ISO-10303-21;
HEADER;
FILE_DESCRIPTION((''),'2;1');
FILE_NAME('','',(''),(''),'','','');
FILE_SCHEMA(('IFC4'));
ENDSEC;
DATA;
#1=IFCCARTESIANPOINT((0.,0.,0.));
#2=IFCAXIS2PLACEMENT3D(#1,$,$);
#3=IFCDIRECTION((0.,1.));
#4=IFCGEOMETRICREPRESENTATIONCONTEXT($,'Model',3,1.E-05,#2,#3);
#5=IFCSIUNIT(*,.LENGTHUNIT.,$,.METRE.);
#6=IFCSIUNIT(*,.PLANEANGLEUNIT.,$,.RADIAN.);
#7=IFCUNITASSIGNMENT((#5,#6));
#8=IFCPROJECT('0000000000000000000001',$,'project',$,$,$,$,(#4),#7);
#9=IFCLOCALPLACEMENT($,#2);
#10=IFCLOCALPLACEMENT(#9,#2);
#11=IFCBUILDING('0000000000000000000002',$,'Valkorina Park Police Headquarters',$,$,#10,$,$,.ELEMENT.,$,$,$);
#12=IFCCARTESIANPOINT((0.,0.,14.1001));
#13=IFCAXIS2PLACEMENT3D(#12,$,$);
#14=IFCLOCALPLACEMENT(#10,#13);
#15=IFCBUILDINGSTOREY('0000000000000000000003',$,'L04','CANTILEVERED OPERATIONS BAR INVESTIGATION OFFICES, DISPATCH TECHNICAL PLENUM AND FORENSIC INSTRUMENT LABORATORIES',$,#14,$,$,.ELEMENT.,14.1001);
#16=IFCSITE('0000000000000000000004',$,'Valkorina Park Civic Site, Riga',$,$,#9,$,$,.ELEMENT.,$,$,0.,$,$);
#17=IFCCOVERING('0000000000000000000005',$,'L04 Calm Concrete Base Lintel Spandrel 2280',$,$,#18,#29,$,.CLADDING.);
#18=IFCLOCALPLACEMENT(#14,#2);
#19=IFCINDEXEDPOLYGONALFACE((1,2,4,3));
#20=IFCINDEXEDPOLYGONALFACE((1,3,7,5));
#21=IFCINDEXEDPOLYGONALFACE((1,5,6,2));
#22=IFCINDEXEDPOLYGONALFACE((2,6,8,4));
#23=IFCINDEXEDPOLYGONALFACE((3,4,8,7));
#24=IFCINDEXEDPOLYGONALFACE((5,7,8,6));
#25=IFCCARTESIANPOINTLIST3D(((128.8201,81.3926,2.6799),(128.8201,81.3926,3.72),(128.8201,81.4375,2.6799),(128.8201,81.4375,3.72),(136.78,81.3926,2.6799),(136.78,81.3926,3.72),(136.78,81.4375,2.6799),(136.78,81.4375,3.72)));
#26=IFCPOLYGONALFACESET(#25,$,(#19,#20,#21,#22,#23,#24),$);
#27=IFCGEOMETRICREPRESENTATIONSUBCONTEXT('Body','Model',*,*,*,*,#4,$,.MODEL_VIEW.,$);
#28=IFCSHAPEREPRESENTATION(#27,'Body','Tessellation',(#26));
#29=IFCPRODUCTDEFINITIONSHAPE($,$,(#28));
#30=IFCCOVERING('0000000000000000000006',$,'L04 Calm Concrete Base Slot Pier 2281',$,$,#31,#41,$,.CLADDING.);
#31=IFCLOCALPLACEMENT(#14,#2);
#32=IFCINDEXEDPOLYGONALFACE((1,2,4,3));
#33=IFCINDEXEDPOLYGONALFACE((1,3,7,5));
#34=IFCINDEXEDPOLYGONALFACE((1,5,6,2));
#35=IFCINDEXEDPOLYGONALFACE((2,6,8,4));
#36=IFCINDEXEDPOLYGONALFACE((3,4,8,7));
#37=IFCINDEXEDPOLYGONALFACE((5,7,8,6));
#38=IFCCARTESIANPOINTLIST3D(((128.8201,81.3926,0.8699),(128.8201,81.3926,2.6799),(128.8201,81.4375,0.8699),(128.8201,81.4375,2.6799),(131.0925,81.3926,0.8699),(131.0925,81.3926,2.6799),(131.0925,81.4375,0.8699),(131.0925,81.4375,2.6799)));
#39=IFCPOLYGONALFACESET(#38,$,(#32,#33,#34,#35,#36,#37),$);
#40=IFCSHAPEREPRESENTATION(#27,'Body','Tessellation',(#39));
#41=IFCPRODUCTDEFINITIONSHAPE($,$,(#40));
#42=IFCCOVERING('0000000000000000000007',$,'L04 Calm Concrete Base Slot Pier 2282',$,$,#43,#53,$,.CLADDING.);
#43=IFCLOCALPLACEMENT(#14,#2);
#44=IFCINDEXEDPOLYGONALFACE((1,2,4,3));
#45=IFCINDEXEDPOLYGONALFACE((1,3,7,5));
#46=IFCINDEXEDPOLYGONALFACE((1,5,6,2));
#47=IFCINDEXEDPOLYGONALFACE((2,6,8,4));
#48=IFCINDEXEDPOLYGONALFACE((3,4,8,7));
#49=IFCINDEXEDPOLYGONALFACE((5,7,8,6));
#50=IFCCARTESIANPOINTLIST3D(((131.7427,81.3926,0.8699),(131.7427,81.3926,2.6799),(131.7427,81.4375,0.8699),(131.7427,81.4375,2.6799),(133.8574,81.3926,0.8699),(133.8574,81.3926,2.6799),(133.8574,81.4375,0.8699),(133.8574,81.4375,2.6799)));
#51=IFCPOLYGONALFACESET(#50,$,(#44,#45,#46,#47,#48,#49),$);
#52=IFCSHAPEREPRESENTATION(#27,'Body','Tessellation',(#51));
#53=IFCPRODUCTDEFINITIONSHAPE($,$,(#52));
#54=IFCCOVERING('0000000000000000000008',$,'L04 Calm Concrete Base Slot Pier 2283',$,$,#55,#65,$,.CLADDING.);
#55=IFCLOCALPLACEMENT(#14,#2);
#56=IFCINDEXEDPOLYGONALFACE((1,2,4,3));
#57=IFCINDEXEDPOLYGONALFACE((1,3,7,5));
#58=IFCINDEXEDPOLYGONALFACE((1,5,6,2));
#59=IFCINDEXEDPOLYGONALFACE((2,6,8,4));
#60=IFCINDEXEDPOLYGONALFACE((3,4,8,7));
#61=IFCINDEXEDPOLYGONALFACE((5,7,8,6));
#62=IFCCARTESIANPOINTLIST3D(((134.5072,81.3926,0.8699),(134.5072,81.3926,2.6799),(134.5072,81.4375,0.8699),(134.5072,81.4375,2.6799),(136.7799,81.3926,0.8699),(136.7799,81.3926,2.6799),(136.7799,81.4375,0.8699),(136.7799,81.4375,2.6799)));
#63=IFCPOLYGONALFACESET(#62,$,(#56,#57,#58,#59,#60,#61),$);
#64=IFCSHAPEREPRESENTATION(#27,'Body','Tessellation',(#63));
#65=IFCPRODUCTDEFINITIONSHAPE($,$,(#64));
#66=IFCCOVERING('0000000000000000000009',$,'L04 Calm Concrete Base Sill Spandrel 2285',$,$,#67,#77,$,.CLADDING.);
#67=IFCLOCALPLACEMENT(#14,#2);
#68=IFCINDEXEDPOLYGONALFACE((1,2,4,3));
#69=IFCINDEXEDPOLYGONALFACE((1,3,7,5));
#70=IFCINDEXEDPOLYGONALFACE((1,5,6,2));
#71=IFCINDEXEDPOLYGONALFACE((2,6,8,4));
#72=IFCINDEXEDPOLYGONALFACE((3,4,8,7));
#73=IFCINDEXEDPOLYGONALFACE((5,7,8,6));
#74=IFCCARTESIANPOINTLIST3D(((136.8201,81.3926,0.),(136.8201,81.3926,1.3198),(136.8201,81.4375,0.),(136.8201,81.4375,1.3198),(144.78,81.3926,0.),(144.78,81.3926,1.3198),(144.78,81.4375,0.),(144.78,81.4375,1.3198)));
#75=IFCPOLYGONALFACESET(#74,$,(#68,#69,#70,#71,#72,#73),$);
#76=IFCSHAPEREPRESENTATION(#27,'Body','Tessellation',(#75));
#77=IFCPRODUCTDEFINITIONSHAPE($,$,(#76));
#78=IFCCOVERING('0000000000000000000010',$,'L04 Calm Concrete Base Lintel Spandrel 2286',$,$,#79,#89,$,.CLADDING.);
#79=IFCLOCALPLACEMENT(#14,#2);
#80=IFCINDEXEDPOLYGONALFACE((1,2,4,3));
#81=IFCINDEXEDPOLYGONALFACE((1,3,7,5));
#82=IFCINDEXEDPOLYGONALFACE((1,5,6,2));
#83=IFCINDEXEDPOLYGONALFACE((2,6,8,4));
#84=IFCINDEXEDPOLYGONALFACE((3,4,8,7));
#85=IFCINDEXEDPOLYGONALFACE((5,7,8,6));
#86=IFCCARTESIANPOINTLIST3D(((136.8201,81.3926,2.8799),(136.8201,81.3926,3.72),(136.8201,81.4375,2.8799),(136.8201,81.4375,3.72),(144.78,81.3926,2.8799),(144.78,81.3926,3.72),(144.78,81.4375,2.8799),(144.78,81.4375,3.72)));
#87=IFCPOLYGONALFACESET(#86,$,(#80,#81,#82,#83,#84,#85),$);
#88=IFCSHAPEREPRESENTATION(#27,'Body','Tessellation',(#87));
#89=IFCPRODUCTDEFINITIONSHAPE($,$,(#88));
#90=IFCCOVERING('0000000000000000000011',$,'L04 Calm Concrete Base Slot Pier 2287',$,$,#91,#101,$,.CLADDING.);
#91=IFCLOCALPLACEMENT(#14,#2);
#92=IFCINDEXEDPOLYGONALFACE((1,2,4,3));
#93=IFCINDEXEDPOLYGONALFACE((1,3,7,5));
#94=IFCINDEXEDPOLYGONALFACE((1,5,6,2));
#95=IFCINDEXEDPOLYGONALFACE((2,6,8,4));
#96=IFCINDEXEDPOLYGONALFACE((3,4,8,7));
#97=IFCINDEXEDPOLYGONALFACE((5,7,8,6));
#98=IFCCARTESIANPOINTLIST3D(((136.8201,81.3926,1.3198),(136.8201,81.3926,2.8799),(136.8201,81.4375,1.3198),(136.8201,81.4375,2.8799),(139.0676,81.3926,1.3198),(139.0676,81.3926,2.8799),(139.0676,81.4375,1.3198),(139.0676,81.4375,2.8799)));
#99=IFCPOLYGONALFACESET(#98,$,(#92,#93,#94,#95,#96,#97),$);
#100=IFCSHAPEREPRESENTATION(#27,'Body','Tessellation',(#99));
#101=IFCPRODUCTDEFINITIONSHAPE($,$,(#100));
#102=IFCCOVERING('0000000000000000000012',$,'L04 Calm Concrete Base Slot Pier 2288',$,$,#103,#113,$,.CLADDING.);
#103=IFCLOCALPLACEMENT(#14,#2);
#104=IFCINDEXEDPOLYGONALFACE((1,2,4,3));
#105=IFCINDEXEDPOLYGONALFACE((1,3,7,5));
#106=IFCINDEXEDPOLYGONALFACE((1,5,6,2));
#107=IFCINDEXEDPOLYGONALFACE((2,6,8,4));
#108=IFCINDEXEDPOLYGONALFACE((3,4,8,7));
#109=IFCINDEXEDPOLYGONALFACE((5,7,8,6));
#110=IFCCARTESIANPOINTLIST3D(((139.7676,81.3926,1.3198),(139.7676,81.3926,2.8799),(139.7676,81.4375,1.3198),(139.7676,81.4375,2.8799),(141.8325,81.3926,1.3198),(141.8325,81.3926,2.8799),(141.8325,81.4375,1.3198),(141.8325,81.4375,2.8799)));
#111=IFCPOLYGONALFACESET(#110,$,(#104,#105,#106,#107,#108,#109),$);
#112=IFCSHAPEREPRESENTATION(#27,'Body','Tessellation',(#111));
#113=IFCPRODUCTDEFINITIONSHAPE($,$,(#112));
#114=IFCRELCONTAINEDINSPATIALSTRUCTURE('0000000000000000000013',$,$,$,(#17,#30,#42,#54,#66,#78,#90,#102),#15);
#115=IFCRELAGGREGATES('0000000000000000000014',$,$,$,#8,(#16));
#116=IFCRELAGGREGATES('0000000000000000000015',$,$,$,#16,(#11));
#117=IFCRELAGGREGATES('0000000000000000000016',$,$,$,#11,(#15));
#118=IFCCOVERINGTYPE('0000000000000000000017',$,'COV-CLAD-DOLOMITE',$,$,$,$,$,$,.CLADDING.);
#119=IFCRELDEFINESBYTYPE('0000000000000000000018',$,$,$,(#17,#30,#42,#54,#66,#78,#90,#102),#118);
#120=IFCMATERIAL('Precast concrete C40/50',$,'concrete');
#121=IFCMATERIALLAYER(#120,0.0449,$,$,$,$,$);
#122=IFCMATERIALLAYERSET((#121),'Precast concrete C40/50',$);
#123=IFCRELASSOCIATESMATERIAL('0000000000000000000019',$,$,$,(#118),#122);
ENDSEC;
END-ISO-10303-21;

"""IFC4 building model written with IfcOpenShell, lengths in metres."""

from ifc_helpers import new_model, si_unit, direction, frame, frame_2d, origin, place, context, subcontext, project, spatial, rectangle, extrude, material, layer, layer_set, type_object, element, save


model = new_model("IFC4")

# Units and contexts
model_context = context("Model", 3, precision=1e-05, world=origin(), true_north=direction((0.0, 1.0)))
body_context = subcontext(model_context, "Body", "Model", "MODEL_VIEW")
ifc_project = project(units=[si_unit("LENGTHUNIT", "METRE"), si_unit("PLANEANGLEUNIT", "RADIAN")], contexts=[model_context])

# Site, building, storey
site_placement = place(None, origin())
site = spatial("IfcSite", under=ifc_project, at=site_placement, Name="Valkorina Park Civic Site, Riga", CompositionType="ELEMENT", RefElevation=0.0)
building_placement = place(site_placement, origin())
building = spatial("IfcBuilding", under=site, at=building_placement, Name="Valkorina Park Police Headquarters", CompositionType="ELEMENT")
storey_placement = place(building_placement, frame((0.0, 0.0, 14.1001)))
storey = spatial("IfcBuildingStorey", under=building, at=storey_placement, Name="L04", Description="CANTILEVERED OPERATIONS BAR INVESTIGATION OFFICES, DISPATCH TECHNICAL PLENUM AND FORENSIC INSTRUMENT LABORATORIES", CompositionType="ELEMENT", Elevation=14.1001)

# Shared definitions
ifc_material_1 = material(Name="Precast concrete C40/50", Category="concrete")

# Coverings
ifc_layer_1 = layer(ifc_material_1, 0.0449)
ifc_layer_set_1 = layer_set([ifc_layer_1], Name="Precast concrete C40/50")
covering_type = type_object("IfcCoveringType", Name="COV-CLAD-DOLOMITE", PredefinedType="CLADDING", material=ifc_layer_set_1)
covering_1_placement = place(storey_placement, frame((128.8201, 81.415, 2.6799), z_axis=(0.0, 0.0, 1.0), x_axis=(1.0, 0.0, 0.0)))
element("IfcCovering", 1, at=covering_1_placement, inside=storey, type_object=covering_type, Name="L04 Calm Concrete Base Lintel Spandrel 2280", PredefinedType="CLADDING", context=body_context, shape_type="SweptSolid", body=[
    extrude(rectangle(XDim=7.96, YDim=0.0449, at=frame_2d((3.98, 0.0))), origin(), (0.0, 0.0, 1.0), 1.04),
])
covering_2_placement = place(storey_placement, frame((128.8201, 81.415, 0.8699), z_axis=(0.0, 0.0, 1.0), x_axis=(1.0, 0.0, 0.0)))
element("IfcCovering", 2, at=covering_2_placement, inside=storey, type_object=covering_type, Name="L04 Calm Concrete Base Slot Pier 2281", PredefinedType="CLADDING", context=body_context, shape_type="SweptSolid", body=[
    extrude(rectangle(XDim=2.2725, YDim=0.0449, at=frame_2d((1.1362, 0.0))), origin(), (0.0, 0.0, 1.0), 1.8101),
])
covering_3_placement = place(storey_placement, frame((131.7427, 81.415, 0.8699), z_axis=(0.0, 0.0, 1.0), x_axis=(1.0, 0.0, 0.0)))
element("IfcCovering", 3, at=covering_3_placement, inside=storey, type_object=covering_type, Name="L04 Calm Concrete Base Slot Pier 2282", PredefinedType="CLADDING", context=body_context, shape_type="SweptSolid", body=[
    extrude(rectangle(XDim=2.1147, YDim=0.0449, at=frame_2d((1.0574, 0.0))), origin(), (0.0, 0.0, 1.0), 1.8101),
])
covering_4_placement = place(storey_placement, frame((134.5073, 81.415, 0.8699), z_axis=(0.0, 0.0, 1.0), x_axis=(1.0, 0.0, 0.0)))
element("IfcCovering", 4, at=covering_4_placement, inside=storey, type_object=covering_type, Name="L04 Calm Concrete Base Slot Pier 2283", PredefinedType="CLADDING", context=body_context, shape_type="SweptSolid", body=[
    extrude(rectangle(XDim=2.2727, YDim=0.0449, at=frame_2d((1.1362, 0.0))), origin(), (0.0, 0.0, 1.0), 1.8101),
])
covering_5_placement = place(storey_placement, frame((136.8201, 81.415, 0.0), z_axis=(0.0, 0.0, 1.0), x_axis=(1.0, 0.0, 0.0)))
element("IfcCovering", 5, at=covering_5_placement, inside=storey, type_object=covering_type, Name="L04 Calm Concrete Base Sill Spandrel 2285", PredefinedType="CLADDING", context=body_context, shape_type="SweptSolid", body=[
    extrude(rectangle(XDim=7.96, YDim=0.0449, at=frame_2d((3.98, 0.0))), origin(), (0.0, 0.0, 1.0), 1.3198),
])
covering_6_placement = place(storey_placement, frame((136.8201, 81.415, 2.8799), z_axis=(0.0, 0.0, 1.0), x_axis=(1.0, 0.0, 0.0)))
element("IfcCovering", 6, at=covering_6_placement, inside=storey, type_object=covering_type, Name="L04 Calm Concrete Base Lintel Spandrel 2286", PredefinedType="CLADDING", context=body_context, shape_type="SweptSolid", body=[
    extrude(rectangle(XDim=7.96, YDim=0.0449, at=frame_2d((3.98, 0.0))), origin(), (0.0, 0.0, 1.0), 0.8401),
])
covering_7_placement = place(storey_placement, frame((136.8201, 81.415, 1.3198), z_axis=(0.0, 0.0, 1.0), x_axis=(1.0, 0.0, 0.0)))
element("IfcCovering", 7, at=covering_7_placement, inside=storey, type_object=covering_type, Name="L04 Calm Concrete Base Slot Pier 2287", PredefinedType="CLADDING", context=body_context, shape_type="SweptSolid", body=[
    extrude(rectangle(XDim=2.2476, YDim=0.0449, at=frame_2d((1.1238, 0.0))), origin(), (0.0, 0.0, 1.0), 1.5601),
])
covering_8_placement = place(storey_placement, frame((139.7676, 81.415, 1.3198), z_axis=(0.0, 0.0, 1.0), x_axis=(1.0, 0.0, 0.0)))
element("IfcCovering", 8, at=covering_8_placement, inside=storey, type_object=covering_type, Name="L04 Calm Concrete Base Slot Pier 2288", PredefinedType="CLADDING", context=body_context, shape_type="SweptSolid", body=[
    extrude(rectangle(XDim=2.0649, YDim=0.0449, at=frame_2d((1.0325, 0.0))), origin(), (0.0, 0.0, 1.0), 1.5601),
])

save(model, "model.ifc")
